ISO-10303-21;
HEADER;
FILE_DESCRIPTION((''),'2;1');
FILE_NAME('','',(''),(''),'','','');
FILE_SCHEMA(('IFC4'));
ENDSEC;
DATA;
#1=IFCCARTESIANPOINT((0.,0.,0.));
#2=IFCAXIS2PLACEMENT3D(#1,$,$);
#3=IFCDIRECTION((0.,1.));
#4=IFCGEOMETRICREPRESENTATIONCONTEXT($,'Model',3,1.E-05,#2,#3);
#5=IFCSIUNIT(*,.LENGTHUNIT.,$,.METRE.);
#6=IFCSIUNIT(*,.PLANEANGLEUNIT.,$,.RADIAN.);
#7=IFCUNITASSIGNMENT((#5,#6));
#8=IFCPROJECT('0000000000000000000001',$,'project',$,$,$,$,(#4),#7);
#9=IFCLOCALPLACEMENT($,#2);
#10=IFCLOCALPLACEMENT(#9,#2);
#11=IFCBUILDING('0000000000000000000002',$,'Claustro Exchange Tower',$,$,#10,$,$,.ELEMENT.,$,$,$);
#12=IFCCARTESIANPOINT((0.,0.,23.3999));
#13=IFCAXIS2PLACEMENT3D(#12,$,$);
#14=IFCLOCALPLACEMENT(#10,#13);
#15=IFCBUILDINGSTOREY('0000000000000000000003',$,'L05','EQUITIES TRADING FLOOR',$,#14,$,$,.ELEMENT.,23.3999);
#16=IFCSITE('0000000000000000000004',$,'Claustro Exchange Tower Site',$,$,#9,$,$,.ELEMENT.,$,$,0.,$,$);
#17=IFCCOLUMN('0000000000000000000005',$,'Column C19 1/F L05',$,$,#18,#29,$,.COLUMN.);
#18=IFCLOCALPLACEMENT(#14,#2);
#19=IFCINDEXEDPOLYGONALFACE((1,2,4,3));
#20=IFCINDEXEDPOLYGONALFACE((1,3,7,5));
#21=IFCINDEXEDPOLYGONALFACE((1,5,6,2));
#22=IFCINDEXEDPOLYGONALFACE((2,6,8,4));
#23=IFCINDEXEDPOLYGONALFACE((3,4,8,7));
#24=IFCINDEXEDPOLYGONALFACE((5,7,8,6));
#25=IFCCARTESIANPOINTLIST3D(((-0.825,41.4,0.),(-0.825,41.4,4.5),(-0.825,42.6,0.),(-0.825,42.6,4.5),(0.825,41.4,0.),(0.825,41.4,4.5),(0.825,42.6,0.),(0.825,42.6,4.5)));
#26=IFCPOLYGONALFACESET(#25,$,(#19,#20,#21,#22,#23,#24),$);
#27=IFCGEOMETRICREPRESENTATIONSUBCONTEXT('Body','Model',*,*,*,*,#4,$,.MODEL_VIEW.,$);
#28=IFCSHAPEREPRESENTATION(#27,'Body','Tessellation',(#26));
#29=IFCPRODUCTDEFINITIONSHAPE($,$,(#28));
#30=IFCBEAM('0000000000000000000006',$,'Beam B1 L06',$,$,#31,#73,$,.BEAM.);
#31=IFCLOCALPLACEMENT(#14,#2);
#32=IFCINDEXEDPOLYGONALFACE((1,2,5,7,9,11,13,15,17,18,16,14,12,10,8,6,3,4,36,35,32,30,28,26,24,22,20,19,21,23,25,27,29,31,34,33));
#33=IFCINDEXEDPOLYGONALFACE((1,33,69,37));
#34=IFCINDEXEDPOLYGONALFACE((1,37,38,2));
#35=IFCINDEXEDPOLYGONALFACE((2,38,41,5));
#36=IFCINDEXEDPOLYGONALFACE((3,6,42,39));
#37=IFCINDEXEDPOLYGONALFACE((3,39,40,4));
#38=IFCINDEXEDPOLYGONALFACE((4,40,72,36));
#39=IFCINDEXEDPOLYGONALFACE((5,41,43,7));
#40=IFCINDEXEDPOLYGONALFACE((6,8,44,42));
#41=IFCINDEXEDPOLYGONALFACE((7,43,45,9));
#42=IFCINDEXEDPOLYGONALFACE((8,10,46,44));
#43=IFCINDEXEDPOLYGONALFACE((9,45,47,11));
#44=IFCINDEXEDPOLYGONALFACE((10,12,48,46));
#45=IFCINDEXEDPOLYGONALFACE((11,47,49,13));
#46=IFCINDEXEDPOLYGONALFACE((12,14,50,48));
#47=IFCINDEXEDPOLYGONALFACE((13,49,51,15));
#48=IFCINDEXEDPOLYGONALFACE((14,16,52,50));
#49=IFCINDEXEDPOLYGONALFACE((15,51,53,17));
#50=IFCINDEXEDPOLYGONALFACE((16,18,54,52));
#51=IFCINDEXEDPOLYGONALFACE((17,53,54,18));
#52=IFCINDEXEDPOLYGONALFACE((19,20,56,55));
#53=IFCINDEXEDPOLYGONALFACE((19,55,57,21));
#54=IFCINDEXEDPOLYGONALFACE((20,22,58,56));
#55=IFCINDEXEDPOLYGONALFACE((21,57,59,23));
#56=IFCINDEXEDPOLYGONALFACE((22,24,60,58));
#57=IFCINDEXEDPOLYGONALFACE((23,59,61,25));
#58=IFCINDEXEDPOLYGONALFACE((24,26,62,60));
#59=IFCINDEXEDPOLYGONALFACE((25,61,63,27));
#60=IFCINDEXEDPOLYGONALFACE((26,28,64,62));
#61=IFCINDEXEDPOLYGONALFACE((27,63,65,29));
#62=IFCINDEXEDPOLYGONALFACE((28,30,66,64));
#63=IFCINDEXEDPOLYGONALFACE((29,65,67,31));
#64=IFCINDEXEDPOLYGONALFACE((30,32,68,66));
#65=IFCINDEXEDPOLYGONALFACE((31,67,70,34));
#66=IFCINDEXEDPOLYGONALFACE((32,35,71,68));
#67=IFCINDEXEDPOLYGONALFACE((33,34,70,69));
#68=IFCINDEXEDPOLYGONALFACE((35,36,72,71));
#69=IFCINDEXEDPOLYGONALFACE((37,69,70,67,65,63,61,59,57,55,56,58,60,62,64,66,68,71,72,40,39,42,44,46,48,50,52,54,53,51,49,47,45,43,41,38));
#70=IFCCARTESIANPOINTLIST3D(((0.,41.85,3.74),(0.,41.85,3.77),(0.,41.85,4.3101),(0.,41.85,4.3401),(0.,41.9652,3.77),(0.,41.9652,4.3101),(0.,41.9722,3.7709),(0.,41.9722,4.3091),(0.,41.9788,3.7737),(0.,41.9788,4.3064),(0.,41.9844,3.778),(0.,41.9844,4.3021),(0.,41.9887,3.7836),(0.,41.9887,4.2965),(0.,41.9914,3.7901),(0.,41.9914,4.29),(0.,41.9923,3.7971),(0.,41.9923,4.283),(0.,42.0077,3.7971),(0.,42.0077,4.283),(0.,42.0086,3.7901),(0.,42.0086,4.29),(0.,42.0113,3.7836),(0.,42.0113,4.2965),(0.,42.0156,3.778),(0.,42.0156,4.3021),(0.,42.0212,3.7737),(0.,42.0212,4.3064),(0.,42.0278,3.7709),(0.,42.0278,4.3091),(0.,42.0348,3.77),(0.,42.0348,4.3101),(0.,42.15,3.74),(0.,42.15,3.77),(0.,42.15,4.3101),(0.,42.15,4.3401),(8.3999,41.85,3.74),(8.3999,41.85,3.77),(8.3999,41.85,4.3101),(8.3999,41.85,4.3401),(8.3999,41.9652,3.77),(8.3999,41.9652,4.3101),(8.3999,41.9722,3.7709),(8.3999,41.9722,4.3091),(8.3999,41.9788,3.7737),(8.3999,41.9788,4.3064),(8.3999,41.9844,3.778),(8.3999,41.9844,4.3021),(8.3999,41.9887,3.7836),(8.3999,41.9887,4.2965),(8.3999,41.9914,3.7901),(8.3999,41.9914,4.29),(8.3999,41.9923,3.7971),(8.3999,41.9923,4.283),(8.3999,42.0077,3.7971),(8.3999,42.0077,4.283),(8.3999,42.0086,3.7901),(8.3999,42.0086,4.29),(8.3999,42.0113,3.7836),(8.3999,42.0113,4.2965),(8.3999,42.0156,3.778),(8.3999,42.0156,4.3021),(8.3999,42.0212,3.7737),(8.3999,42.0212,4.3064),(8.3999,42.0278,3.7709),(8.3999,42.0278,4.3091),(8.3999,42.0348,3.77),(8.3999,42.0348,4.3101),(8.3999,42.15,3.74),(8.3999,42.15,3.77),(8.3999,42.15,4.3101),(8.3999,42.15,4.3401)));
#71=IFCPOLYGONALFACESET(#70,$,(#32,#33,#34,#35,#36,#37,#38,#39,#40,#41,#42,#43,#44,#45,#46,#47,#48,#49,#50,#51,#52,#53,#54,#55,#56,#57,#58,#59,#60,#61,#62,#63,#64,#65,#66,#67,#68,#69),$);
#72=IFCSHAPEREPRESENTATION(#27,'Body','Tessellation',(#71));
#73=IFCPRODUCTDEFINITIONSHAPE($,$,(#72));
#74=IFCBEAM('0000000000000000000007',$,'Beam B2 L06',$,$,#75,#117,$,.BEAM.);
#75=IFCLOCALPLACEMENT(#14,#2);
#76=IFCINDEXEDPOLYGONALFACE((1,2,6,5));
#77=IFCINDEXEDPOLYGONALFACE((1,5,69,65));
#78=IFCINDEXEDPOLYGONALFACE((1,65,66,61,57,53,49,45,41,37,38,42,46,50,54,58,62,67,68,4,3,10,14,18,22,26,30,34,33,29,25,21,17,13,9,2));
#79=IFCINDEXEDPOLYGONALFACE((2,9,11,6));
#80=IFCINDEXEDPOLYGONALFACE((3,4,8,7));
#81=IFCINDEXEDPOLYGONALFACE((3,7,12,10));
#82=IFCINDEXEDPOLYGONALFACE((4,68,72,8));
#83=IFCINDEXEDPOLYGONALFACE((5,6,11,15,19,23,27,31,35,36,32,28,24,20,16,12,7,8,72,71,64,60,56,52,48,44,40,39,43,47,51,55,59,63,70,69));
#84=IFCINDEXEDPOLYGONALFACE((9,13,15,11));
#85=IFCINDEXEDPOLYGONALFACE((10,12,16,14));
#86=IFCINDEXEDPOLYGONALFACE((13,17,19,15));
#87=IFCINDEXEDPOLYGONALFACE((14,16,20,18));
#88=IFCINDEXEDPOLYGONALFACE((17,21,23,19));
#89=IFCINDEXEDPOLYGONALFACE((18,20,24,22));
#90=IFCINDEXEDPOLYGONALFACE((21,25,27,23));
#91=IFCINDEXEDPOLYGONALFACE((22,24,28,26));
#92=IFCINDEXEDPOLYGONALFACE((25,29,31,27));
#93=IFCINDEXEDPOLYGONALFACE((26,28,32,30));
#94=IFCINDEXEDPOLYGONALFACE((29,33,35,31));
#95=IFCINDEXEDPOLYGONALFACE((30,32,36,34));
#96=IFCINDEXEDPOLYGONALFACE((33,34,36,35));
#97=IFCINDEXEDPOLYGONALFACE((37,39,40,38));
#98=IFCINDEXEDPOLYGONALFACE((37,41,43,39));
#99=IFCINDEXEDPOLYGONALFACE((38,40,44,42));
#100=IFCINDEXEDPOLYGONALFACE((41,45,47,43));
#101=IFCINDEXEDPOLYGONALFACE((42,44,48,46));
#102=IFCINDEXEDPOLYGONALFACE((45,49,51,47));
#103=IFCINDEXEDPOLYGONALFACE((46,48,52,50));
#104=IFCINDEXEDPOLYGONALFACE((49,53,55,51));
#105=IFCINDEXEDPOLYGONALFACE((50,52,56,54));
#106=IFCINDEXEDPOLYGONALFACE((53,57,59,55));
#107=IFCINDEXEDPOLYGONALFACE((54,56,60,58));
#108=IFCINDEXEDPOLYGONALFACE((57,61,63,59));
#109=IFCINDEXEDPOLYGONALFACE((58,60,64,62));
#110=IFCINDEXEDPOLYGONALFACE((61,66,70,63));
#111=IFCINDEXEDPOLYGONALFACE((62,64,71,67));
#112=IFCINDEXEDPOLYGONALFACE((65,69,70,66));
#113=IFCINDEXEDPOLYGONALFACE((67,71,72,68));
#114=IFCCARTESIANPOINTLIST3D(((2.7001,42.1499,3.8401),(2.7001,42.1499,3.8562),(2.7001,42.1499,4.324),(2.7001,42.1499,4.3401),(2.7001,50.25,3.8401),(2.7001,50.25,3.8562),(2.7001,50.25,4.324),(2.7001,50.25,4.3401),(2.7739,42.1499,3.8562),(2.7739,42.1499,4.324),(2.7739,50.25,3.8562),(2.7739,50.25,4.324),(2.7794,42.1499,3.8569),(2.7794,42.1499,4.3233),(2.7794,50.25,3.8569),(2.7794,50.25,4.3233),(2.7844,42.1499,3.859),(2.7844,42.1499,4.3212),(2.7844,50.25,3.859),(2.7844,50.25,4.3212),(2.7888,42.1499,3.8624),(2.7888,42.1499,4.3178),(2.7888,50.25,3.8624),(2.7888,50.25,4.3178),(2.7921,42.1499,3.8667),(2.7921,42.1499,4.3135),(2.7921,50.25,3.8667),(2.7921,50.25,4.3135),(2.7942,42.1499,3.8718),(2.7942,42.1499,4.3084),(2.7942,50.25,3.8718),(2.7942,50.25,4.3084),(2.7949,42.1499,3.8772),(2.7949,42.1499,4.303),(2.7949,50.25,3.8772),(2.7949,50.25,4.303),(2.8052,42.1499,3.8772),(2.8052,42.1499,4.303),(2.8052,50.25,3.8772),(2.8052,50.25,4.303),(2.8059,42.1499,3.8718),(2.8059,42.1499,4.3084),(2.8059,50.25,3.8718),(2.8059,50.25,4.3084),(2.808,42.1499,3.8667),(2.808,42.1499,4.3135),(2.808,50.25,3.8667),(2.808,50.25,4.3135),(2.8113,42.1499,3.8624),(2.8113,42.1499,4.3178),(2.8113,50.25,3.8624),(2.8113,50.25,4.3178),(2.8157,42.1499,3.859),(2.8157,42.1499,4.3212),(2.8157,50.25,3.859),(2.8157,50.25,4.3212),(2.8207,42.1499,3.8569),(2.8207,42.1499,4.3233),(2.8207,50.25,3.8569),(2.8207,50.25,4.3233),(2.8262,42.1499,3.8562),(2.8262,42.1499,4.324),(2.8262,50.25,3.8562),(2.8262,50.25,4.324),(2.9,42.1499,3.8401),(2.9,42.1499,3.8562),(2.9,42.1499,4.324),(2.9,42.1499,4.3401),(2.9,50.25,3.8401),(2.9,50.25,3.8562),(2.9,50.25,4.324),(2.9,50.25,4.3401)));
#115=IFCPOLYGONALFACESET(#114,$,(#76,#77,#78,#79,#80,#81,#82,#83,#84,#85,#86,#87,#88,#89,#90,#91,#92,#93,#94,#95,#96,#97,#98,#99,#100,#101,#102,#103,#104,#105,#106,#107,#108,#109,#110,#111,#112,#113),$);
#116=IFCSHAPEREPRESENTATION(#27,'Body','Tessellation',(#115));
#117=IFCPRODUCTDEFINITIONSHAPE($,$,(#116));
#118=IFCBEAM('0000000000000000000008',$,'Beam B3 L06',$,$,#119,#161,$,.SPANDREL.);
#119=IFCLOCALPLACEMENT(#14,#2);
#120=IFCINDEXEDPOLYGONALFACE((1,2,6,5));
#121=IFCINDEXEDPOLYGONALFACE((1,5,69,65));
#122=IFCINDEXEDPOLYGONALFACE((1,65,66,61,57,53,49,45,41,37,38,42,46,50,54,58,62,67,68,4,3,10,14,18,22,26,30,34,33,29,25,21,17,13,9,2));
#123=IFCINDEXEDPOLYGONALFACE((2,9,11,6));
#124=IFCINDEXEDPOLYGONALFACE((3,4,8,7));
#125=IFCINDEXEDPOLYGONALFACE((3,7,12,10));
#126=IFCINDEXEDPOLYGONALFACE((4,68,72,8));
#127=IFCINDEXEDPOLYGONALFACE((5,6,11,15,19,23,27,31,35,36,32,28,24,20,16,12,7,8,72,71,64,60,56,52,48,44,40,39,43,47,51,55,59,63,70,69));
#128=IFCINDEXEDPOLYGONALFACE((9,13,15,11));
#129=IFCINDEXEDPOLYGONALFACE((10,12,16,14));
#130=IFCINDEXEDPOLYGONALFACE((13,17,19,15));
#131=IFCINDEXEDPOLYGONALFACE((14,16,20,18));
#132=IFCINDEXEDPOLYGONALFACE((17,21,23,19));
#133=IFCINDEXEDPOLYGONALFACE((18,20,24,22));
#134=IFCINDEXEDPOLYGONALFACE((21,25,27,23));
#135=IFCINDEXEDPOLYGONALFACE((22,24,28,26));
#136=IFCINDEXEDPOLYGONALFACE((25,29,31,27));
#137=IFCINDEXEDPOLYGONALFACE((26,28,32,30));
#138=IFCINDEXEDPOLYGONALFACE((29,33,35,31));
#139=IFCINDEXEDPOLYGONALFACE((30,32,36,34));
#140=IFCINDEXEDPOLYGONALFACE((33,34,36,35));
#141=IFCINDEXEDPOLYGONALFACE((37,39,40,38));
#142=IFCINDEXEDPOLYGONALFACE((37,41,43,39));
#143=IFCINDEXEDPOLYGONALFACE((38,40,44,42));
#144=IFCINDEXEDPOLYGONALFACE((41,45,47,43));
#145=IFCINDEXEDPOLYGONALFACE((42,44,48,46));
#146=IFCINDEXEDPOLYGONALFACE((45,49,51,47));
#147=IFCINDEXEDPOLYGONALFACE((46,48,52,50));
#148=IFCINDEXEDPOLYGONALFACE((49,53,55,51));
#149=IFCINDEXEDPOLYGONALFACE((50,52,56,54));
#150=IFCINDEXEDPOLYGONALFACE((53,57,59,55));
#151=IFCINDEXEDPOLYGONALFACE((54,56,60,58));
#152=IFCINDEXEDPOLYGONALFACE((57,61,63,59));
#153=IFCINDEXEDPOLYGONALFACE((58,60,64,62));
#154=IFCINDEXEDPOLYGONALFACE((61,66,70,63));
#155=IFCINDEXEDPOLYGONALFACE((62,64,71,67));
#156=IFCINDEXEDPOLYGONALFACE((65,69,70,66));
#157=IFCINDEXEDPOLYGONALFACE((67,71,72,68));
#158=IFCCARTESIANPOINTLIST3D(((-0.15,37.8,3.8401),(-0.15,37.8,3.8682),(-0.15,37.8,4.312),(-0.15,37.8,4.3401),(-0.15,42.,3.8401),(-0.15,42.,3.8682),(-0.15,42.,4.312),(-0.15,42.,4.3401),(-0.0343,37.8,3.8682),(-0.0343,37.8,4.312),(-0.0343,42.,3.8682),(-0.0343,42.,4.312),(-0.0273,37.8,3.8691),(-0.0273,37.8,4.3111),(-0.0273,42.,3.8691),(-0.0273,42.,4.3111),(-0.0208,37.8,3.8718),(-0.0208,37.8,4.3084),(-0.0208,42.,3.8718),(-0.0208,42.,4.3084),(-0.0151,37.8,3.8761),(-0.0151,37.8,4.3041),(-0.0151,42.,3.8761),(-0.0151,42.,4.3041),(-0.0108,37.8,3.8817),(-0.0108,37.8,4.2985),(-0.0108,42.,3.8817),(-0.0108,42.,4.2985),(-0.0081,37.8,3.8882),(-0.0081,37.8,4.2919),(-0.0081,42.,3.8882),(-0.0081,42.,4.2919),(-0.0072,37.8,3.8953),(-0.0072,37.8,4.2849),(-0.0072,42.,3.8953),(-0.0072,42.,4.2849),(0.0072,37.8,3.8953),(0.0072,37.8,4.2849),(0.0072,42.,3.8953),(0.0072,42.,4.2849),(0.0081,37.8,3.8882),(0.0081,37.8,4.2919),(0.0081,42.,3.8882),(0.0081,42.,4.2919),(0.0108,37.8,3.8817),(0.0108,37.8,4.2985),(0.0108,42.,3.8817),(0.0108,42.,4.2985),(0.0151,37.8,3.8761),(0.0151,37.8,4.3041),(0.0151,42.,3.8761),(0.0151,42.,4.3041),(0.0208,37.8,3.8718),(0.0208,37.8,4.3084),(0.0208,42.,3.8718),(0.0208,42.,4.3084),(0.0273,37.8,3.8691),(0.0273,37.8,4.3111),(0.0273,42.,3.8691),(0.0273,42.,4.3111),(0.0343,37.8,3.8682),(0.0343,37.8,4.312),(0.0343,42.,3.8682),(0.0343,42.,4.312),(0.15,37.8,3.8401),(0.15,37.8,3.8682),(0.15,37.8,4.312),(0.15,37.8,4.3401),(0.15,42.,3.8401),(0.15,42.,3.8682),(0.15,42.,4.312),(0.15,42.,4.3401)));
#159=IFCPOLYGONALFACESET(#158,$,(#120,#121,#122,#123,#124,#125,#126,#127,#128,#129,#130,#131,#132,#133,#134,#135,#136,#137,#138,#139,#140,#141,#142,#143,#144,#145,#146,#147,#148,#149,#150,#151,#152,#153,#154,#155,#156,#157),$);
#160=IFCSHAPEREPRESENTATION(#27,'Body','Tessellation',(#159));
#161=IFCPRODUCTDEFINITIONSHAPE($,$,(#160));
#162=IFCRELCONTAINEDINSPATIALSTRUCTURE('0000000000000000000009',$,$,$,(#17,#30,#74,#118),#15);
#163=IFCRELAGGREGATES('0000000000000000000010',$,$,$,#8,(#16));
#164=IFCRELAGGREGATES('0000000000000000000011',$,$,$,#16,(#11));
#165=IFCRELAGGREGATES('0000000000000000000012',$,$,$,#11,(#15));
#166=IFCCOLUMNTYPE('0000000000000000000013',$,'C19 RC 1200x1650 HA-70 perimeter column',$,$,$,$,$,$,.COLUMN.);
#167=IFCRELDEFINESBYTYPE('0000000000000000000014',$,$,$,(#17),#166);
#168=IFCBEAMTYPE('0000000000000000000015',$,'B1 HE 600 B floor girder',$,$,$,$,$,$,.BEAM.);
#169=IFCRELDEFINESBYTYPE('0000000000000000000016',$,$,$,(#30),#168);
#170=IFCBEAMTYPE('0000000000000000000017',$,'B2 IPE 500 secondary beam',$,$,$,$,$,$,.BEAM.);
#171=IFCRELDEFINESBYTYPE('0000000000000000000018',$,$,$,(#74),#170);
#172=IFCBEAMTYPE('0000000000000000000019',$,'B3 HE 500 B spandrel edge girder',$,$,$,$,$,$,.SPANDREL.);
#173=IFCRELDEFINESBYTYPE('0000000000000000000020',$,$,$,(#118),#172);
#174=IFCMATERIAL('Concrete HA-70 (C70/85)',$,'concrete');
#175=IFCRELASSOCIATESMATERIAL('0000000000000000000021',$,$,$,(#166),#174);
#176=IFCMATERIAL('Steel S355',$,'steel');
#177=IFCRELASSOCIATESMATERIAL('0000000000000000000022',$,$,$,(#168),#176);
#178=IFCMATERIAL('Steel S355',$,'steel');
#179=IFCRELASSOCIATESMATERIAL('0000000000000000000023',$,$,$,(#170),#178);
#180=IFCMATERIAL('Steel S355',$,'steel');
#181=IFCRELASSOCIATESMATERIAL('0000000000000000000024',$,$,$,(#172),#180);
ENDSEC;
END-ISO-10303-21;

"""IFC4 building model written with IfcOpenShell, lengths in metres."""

from ifc_helpers import new_model, si_unit, direction, frame, origin, origin_2d, place, context, subcontext, project, spatial, rectangle, i_section, extrude, material, material_profile, profile_set, type_object, element, save


model = new_model("IFC4")

# Units and contexts
model_context = context("Model", 3, precision=1e-05, world=origin(), true_north=direction((0.0, 1.0)))
body_context = subcontext(model_context, "Body", "Model", "MODEL_VIEW")
ifc_project = project(units=[si_unit("LENGTHUNIT", "METRE"), si_unit("PLANEANGLEUNIT", "RADIAN")], contexts=[model_context])

# Site, building, storey
site_placement = place(None, origin())
site = spatial("IfcSite", under=ifc_project, at=site_placement, Name="Claustro Exchange Tower Site", CompositionType="ELEMENT", RefElevation=0.0)
building_placement = place(site_placement, origin())
building = spatial("IfcBuilding", under=site, at=building_placement, Name="Claustro Exchange Tower", CompositionType="ELEMENT")
storey_placement = place(building_placement, frame((0.0, 0.0, 23.3999)))
storey = spatial("IfcBuildingStorey", under=building, at=storey_placement, Name="L05", Description="EQUITIES TRADING FLOOR", CompositionType="ELEMENT", Elevation=23.3999)

# Column
ifc_material_1 = material(Name="Concrete HA-70 (C70/85)", Category="concrete")
ifc_material_profile_1 = material_profile(ifc_material_1, rectangle(XDim=1.2, YDim=1.6499, at=origin_2d()), Name="RC 1200x1650")
ifc_profile_set_1 = profile_set([ifc_material_profile_1], Name="Concrete HA-70 (C70/85)")
column_type = type_object("IfcColumnType", Name="C19 RC 1200x1650 HA-70 perimeter column", PredefinedType="COLUMN", material=ifc_profile_set_1)
column_placement = place(storey_placement, frame((0.0, 42.0, 0.0), z_axis=(0.0, 0.0, 1.0), x_axis=(0.0, 1.0, 0.0)))
element("IfcColumn", 1, at=column_placement, inside=storey, type_object=column_type, Name="Column C19 1/F L05", PredefinedType="COLUMN", context=body_context, shape_type="SweptSolid", body=[
    extrude(rectangle(XDim=1.2, YDim=1.6499, at=origin_2d()), origin(), (0.0, 0.0, 1.0), 4.5),
])

# Beams
ifc_material_2 = material(Name="Steel S355", Category="steel")
ifc_material_profile_2 = material_profile(ifc_material_2, i_section(OverallWidth=0.3, OverallDepth=0.6001, WebThickness=0.0154, FlangeThickness=0.03, FilletRadius=0.0271, at=origin_2d()), Name="HE 600 B")
ifc_profile_set_2 = profile_set([ifc_material_profile_2], Name="Steel S355")
beam_type_1 = type_object("IfcBeamType", Name="B1 HE 600 B floor girder", PredefinedType="BEAM", material=ifc_profile_set_2)
beam_1_placement = place(storey_placement, frame((0.0, 42.0, 4.04), z_axis=(1.0, 0.0, 0.0), x_axis=(0.0, 1.0, 0.0)))
element("IfcBeam", 2, at=beam_1_placement, inside=storey, type_object=beam_type_1, Name="Beam B1 L06", PredefinedType="BEAM", context=body_context, shape_type="SweptSolid", body=[
    extrude(i_section(OverallWidth=0.3, OverallDepth=0.6001, WebThickness=0.0154, FlangeThickness=0.03, FilletRadius=0.0271, at=origin_2d()), origin(), (0.0, 0.0, 1.0), 8.3999),
])
ifc_material_3 = material(Name="Steel S355", Category="steel")
ifc_material_profile_3 = material_profile(ifc_material_3, i_section(OverallWidth=0.2, OverallDepth=0.5, WebThickness=0.0103, FlangeThickness=0.0161, FilletRadius=0.021, at=origin_2d()), Name="IPE 500")
ifc_profile_set_3 = profile_set([ifc_material_profile_3], Name="Steel S355")
beam_type_2 = type_object("IfcBeamType", Name="B2 IPE 500 secondary beam", PredefinedType="BEAM", material=ifc_profile_set_3)
beam_2_placement = place(storey_placement, frame((2.8, 42.1499, 4.0901), z_axis=(0.0, 1.0, 0.0), x_axis=(-1.0, 0.0, 0.0)))
element("IfcBeam", 3, at=beam_2_placement, inside=storey, type_object=beam_type_2, Name="Beam B2 L06", PredefinedType="BEAM", context=body_context, shape_type="SweptSolid", body=[
    extrude(i_section(OverallWidth=0.2, OverallDepth=0.5, WebThickness=0.0103, FlangeThickness=0.0161, FilletRadius=0.021, at=origin_2d()), origin(), (0.0, 0.0, 1.0), 8.1001),
])
ifc_material_4 = material(Name="Steel S355", Category="steel")
ifc_material_profile_4 = material_profile(ifc_material_4, i_section(OverallWidth=0.3, OverallDepth=0.5, WebThickness=0.0144, FlangeThickness=0.0281, FilletRadius=0.0271, at=origin_2d()), Name="HE 500 B")
ifc_profile_set_4 = profile_set([ifc_material_profile_4], Name="Steel S355")
beam_type_3 = type_object("IfcBeamType", Name="B3 HE 500 B spandrel edge girder", PredefinedType="SPANDREL", material=ifc_profile_set_4)
beam_3_placement = place(storey_placement, frame((0.0, 37.8, 4.0901), z_axis=(0.0, 1.0, 0.0), x_axis=(-1.0, 0.0, 0.0)))
element("IfcBeam", 4, at=beam_3_placement, inside=storey, type_object=beam_type_3, Name="Beam B3 L06", PredefinedType="SPANDREL", context=body_context, shape_type="SweptSolid", body=[
    extrude(i_section(OverallWidth=0.3, OverallDepth=0.5, WebThickness=0.0144, FlangeThickness=0.0281, FilletRadius=0.0271, at=origin_2d()), origin(), (0.0, 0.0, 1.0), 4.2),
])

save(model, "model.ifc")
